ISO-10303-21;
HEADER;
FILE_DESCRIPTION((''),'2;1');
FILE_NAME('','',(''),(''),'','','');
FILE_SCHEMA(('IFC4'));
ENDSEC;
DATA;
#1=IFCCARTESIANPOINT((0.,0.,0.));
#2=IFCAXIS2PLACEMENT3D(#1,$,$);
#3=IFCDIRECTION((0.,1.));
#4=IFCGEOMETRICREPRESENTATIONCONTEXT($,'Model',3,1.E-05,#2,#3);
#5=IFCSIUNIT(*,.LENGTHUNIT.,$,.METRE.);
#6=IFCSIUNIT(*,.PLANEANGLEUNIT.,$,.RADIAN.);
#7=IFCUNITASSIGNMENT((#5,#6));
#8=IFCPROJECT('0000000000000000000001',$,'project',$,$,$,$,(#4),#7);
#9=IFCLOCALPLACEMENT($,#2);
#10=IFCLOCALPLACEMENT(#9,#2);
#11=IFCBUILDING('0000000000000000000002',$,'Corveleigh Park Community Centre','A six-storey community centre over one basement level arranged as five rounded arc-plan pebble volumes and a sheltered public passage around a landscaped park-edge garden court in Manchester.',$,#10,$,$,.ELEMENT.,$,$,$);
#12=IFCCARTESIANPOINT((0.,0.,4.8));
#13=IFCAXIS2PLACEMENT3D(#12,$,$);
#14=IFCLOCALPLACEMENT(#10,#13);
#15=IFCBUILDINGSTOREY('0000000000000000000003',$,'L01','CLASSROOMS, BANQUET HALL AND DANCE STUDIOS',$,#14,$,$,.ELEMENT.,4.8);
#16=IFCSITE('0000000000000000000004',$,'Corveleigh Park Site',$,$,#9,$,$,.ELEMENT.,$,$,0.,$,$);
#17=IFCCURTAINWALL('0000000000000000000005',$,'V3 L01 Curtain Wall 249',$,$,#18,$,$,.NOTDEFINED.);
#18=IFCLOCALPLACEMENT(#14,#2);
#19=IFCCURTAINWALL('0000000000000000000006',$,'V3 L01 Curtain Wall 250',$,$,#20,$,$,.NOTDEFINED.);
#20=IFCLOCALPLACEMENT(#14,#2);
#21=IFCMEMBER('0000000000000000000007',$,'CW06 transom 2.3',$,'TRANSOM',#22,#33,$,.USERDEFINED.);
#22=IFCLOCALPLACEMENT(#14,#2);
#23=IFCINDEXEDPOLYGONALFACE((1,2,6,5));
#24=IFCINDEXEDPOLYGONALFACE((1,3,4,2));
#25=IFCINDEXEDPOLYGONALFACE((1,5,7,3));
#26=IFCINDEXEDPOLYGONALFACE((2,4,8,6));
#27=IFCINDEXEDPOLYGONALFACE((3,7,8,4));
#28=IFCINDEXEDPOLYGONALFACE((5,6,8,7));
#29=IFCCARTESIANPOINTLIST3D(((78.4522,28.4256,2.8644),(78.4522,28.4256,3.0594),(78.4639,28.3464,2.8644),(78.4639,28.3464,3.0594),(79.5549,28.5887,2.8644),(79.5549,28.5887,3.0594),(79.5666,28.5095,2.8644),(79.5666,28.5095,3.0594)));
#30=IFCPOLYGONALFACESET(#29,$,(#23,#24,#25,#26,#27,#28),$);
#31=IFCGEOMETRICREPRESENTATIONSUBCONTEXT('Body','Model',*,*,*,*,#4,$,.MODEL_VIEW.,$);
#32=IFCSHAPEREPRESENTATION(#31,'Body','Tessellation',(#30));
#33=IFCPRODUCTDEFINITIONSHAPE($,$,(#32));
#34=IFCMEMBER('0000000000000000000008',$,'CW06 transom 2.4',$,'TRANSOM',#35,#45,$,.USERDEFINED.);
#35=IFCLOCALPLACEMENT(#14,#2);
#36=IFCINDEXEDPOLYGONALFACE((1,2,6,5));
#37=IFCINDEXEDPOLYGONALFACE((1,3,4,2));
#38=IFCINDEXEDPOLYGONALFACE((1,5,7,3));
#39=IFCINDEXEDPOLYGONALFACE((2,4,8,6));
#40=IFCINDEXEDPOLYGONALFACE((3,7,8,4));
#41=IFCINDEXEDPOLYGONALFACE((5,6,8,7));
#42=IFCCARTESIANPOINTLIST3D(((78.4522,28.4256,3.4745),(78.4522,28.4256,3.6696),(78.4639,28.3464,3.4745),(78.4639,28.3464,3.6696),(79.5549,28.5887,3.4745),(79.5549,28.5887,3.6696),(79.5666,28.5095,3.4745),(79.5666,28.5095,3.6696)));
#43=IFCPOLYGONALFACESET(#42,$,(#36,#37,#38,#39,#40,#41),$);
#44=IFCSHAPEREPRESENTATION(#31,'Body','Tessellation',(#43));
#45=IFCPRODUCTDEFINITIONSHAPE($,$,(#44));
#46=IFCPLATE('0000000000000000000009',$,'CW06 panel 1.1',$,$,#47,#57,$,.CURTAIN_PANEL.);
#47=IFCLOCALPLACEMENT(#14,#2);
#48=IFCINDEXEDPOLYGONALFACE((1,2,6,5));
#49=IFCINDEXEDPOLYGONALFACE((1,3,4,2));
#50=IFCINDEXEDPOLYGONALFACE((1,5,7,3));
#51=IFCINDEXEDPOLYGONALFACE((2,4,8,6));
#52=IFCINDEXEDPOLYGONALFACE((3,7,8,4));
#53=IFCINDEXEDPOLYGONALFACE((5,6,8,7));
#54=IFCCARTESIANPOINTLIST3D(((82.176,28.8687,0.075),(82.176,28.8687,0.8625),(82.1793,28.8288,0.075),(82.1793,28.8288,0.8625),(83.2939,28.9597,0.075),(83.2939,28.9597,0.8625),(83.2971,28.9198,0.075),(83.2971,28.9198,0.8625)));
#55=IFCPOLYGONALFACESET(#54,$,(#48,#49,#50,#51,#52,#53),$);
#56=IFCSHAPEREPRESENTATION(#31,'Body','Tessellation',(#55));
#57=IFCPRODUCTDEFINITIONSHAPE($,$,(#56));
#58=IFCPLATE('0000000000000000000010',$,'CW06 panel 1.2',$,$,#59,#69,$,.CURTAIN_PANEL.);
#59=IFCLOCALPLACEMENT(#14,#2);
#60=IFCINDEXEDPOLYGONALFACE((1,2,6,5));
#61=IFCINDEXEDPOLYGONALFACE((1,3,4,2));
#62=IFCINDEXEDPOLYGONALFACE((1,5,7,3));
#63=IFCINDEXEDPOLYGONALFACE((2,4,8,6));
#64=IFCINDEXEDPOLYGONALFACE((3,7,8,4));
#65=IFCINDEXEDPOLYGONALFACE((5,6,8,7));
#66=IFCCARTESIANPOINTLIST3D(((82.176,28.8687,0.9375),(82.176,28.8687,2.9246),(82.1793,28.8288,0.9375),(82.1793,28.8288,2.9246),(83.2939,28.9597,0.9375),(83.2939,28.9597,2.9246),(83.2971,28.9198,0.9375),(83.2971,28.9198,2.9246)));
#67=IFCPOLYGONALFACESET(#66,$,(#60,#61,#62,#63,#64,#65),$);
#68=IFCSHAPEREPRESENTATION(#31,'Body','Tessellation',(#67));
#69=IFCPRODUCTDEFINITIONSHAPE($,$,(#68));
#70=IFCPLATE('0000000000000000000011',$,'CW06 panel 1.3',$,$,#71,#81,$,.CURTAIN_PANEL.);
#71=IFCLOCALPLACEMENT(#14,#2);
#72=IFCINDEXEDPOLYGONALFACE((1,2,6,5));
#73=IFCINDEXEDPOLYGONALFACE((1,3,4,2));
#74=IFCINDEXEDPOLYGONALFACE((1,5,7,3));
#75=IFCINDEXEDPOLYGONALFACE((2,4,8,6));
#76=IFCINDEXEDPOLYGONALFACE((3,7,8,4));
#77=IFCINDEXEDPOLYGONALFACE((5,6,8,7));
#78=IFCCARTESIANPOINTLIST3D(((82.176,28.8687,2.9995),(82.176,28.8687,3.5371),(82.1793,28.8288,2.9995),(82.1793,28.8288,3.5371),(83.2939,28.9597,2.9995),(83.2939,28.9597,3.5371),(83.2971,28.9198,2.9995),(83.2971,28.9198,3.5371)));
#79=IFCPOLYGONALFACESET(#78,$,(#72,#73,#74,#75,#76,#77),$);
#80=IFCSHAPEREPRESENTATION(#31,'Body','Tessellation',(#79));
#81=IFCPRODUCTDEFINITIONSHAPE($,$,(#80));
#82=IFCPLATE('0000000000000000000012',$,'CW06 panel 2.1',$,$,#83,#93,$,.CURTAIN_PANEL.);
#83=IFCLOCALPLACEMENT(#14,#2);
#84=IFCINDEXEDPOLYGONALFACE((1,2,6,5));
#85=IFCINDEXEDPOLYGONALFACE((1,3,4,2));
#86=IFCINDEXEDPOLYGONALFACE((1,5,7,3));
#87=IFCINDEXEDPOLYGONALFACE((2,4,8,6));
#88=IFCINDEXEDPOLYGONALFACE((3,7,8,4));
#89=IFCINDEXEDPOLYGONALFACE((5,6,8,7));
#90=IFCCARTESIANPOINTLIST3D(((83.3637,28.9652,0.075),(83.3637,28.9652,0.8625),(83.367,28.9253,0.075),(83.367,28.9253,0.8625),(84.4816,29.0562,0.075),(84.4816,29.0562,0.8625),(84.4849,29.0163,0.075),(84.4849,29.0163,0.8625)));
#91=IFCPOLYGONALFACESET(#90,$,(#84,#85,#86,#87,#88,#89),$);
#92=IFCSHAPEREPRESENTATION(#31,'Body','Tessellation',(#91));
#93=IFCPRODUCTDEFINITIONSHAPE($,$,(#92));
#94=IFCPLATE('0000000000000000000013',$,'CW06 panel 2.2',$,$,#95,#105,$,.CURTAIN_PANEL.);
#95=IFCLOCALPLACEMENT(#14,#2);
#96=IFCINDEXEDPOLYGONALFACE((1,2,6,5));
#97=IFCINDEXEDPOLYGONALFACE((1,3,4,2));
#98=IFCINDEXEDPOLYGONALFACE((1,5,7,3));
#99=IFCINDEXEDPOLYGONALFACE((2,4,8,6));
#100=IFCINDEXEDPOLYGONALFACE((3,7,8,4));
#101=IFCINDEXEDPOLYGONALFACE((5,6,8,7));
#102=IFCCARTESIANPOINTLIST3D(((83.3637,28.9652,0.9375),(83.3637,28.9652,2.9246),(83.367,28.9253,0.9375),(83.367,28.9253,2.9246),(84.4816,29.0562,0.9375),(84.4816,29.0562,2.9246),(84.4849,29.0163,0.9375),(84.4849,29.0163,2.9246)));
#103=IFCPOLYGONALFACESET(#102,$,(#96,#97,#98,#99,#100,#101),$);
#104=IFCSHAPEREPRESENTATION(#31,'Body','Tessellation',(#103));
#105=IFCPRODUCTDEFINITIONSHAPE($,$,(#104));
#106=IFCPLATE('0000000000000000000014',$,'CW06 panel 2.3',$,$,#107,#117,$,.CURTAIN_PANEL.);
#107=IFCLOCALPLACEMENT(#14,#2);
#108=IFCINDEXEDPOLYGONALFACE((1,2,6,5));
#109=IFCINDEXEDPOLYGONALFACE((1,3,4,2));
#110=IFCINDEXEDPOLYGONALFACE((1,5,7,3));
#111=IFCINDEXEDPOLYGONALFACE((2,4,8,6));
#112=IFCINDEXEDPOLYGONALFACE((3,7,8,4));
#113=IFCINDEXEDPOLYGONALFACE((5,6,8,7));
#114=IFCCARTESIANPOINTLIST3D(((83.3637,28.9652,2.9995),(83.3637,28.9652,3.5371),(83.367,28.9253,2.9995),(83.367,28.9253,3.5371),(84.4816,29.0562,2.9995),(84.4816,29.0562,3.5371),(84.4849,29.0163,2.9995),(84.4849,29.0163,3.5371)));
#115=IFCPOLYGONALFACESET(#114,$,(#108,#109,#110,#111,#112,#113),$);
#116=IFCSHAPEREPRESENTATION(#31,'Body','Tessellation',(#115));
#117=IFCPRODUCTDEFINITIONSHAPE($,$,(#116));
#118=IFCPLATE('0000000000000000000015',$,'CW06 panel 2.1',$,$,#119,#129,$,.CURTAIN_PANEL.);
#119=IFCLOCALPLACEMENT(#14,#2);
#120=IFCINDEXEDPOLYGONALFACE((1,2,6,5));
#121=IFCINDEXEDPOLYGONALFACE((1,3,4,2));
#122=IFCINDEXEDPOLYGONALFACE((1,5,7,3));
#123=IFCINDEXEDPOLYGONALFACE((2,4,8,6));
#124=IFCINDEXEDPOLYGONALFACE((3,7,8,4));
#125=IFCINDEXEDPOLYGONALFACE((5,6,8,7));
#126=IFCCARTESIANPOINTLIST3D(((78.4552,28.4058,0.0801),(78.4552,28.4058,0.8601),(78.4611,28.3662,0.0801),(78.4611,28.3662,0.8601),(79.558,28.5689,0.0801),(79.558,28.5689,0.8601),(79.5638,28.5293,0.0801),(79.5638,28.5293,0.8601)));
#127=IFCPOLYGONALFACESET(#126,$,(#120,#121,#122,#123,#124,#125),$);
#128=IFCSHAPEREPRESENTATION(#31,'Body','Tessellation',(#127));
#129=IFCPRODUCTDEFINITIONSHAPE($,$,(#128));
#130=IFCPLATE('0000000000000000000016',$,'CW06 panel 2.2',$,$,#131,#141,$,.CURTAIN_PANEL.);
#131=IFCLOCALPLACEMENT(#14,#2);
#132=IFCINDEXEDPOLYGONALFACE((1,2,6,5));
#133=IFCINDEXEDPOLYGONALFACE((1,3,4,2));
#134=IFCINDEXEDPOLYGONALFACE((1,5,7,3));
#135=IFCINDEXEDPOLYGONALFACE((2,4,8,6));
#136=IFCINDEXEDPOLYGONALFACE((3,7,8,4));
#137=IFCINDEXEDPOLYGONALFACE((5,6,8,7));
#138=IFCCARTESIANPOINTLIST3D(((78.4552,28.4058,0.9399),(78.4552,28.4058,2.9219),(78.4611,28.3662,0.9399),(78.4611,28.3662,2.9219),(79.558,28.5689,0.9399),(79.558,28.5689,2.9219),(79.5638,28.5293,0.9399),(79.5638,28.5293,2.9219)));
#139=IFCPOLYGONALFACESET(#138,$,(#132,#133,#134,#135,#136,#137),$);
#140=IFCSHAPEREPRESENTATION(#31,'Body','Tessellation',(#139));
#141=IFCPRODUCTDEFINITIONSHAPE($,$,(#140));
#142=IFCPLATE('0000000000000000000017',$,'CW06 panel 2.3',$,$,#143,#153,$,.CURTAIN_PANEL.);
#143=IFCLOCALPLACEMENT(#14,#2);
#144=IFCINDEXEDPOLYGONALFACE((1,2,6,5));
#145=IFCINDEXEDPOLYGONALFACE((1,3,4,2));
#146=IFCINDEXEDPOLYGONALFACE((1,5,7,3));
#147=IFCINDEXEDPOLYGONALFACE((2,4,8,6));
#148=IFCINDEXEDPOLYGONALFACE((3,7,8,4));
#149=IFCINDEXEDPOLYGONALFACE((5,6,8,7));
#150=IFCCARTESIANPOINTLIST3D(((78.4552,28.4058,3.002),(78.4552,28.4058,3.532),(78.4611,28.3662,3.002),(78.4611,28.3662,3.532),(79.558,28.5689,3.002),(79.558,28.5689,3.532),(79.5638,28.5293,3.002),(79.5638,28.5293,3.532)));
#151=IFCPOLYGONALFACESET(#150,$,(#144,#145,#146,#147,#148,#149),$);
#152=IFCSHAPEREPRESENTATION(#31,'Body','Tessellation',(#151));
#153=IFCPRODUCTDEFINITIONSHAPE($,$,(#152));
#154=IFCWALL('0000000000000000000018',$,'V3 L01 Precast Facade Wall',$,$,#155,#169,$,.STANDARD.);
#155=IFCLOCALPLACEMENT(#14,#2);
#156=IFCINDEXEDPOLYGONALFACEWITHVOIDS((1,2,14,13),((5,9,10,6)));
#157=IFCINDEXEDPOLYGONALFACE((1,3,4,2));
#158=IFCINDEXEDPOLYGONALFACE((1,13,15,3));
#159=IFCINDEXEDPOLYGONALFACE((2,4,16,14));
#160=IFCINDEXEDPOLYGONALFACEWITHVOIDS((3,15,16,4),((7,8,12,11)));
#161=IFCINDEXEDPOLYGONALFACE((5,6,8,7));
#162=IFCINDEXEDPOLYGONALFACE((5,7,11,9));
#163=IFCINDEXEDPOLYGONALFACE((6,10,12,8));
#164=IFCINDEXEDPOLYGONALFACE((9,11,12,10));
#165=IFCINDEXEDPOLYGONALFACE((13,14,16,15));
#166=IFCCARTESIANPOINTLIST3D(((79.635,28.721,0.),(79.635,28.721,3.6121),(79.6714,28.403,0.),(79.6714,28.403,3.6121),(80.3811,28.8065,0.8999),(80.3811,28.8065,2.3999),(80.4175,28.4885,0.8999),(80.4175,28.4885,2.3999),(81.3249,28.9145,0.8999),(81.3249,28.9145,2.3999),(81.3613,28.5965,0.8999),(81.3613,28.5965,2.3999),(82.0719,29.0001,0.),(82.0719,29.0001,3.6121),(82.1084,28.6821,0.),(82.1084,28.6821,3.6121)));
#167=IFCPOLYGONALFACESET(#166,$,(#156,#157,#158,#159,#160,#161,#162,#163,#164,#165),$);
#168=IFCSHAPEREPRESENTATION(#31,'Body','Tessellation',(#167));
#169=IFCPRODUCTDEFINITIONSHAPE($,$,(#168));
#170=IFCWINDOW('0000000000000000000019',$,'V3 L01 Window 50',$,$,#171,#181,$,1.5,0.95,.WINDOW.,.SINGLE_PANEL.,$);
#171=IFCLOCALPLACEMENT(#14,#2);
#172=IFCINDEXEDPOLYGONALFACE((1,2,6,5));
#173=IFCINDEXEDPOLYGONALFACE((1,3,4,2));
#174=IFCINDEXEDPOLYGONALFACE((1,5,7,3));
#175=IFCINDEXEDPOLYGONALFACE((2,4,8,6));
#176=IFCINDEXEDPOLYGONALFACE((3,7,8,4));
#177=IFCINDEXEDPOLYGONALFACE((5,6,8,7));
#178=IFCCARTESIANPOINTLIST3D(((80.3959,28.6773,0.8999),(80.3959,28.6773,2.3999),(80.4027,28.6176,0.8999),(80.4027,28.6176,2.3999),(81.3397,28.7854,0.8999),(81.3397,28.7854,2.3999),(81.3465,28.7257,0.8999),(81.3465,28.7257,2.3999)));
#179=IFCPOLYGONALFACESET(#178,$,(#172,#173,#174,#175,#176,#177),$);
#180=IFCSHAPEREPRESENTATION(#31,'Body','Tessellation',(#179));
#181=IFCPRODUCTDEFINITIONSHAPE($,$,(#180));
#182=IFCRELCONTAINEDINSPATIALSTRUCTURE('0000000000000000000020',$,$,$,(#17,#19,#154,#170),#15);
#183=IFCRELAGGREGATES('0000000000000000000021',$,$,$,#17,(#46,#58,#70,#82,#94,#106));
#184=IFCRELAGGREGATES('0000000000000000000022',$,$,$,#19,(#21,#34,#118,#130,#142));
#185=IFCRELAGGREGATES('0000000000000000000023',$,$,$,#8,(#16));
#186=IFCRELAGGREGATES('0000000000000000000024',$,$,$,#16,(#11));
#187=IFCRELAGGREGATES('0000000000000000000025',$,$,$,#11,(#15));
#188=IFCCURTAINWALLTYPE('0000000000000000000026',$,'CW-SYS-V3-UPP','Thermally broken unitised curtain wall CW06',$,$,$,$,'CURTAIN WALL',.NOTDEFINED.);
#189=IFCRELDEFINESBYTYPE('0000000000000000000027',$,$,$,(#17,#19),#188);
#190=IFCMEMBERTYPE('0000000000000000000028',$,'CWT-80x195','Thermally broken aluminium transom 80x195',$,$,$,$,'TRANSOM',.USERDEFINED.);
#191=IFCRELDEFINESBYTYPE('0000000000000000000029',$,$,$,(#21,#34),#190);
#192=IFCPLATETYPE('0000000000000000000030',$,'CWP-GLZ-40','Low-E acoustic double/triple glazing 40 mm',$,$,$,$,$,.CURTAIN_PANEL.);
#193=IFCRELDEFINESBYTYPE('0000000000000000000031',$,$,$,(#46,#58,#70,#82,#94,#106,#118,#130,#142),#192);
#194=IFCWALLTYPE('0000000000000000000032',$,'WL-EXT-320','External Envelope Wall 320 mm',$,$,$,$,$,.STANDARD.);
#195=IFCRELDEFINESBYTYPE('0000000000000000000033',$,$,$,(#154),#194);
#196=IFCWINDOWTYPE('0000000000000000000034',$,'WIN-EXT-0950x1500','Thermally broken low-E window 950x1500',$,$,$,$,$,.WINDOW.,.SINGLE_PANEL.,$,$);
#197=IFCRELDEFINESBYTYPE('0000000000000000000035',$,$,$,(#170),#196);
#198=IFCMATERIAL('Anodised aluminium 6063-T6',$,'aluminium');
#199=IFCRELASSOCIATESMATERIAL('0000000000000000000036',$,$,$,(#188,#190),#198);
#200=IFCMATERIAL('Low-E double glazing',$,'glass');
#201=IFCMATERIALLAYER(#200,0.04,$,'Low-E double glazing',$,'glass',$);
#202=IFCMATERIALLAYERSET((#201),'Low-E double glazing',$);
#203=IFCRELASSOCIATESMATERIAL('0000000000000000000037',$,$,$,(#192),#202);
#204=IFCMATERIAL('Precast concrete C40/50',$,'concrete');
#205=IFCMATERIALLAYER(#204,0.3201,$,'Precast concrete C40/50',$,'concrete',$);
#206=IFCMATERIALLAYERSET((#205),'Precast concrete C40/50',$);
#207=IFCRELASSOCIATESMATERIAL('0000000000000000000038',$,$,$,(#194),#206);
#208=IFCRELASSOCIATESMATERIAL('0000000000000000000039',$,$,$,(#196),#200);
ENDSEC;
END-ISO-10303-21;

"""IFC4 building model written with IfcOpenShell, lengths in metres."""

from ifc_helpers import new_model, si_unit, direction, frame, frame_2d, origin, origin_2d, place, context, subcontext, project, spatial, rectangle, extrude, material, layer, layer_set, material_profile, profile_set, type_object, element, fill, aggregate, save


model = new_model("IFC4")

# Units and contexts
model_context = context("Model", 3, precision=1e-05, world=origin(), true_north=direction((0.0, 1.0)))
body_context = subcontext(model_context, "Body", "Model", "MODEL_VIEW")
ifc_project = project(units=[si_unit("LENGTHUNIT", "METRE"), si_unit("PLANEANGLEUNIT", "RADIAN")], contexts=[model_context])

# Site, building, storey
site_placement = place(None, origin())
site = spatial("IfcSite", under=ifc_project, at=site_placement, Name="Corveleigh Park Site", CompositionType="ELEMENT", RefElevation=0.0)
building_placement = place(site_placement, origin())
building = spatial("IfcBuilding", under=site, at=building_placement, Name="Corveleigh Park Community Centre", Description="A six-storey community centre over one basement level arranged as five rounded arc-plan pebble volumes and a sheltered public passage around a landscaped park-edge garden court in Manchester.", CompositionType="ELEMENT")
storey_placement = place(building_placement, frame((0.0, 0.0, 4.8)))
storey = spatial("IfcBuildingStorey", under=building, at=storey_placement, Name="L01", Description="CLASSROOMS, BANQUET HALL AND DANCE STUDIOS", CompositionType="ELEMENT", Elevation=4.8)

# Curtain walls
ifc_material_1 = material(Name="Anodised aluminium 6063-T6", Category="aluminium")
curtain_wall_type = type_object("IfcCurtainWallType", Name="CW-SYS-V3-UPP", Description="Thermally broken unitised curtain wall CW06", ElementType="CURTAIN WALL", PredefinedType="NOTDEFINED", material=ifc_material_1)
curtain_wall_1_placement = place(storey_placement, origin())
curtain_wall_1 = element("IfcCurtainWall", 1, at=curtain_wall_1_placement, inside=storey, type_object=curtain_wall_type, Name="V3 L01 Curtain Wall 249", PredefinedType="NOTDEFINED")
curtain_wall_2_placement = place(storey_placement, origin())
curtain_wall_2 = element("IfcCurtainWall", 2, at=curtain_wall_2_placement, inside=storey, type_object=curtain_wall_type, Name="V3 L01 Curtain Wall 250", PredefinedType="NOTDEFINED")

# Members
ifc_material_profile_1 = material_profile(ifc_material_1, rectangle(XDim=0.0801, YDim=0.1951, at=origin_2d()), Name="ALU-T80x195", Category="aluminium")
ifc_profile_set_1 = profile_set([ifc_material_profile_1], Name="Anodised aluminium 6063-T6")
member_type_1 = type_object("IfcMemberType", Name="CWT-80x195", Description="Thermally broken aluminium transom 80x195", ElementType="TRANSOM", PredefinedType="USERDEFINED", material=ifc_profile_set_1)
member_1_placement = place(storey_placement, frame((78.458, 28.386, 2.9619), z_axis=(0.989241, 0.146295, 0.0), x_axis=(-0.146295, 0.989241, 0.0)))
member_1 = element("IfcMember", 3, at=member_1_placement, type_object=member_type_1, Name="CW06 transom 2.3", ObjectType="TRANSOM", PredefinedType="USERDEFINED", context=body_context, shape_type="SweptSolid", body=[
    extrude(rectangle(XDim=0.0801, YDim=0.1951, at=origin_2d()), origin(), (0.0, 0.0, 1.0), 1.1147),
])
member_2_placement = place(storey_placement, frame((78.458, 28.386, 3.572), z_axis=(0.989241, 0.146295, 0.0), x_axis=(-0.146295, 0.989241, 0.0)))
member_2 = element("IfcMember", 4, at=member_2_placement, type_object=member_type_1, Name="CW06 transom 2.4", ObjectType="TRANSOM", PredefinedType="USERDEFINED", context=body_context, shape_type="SweptSolid", body=[
    extrude(rectangle(XDim=0.0801, YDim=0.1951, at=origin_2d()), origin(), (0.0, 0.0, 1.0), 1.1147),
])

# Plates
ifc_material_2 = material(Name="Low-E double glazing", Category="glass")
ifc_layer_1 = layer(ifc_material_2, 0.04, Name="Low-E double glazing", Category="glass")
ifc_layer_set_1 = layer_set([ifc_layer_1], Name="Low-E double glazing")
plate_type = type_object("IfcPlateType", Name="CWP-GLZ-40", Description="Low-E acoustic double/triple glazing 40 mm", PredefinedType="CURTAIN_PANEL", material=ifc_layer_set_1)
plate_1_placement = place(storey_placement, frame((82.7366, 28.8943, 0.075), z_axis=(0.0, 0.0, 1.0), x_axis=(0.996704, 0.081122, 0.0)))
plate_1 = element("IfcPlate", 5, at=plate_1_placement, type_object=plate_type, Name="CW06 panel 1.1", PredefinedType="CURTAIN_PANEL", context=body_context, shape_type="SweptSolid", body=[
    extrude(rectangle(XDim=1.1216, YDim=0.04, at=origin_2d()), origin(), (0.0, 0.0, 1.0), 0.7876),
])
plate_2_placement = place(storey_placement, frame((82.7366, 28.8943, 0.9375), z_axis=(0.0, 0.0, 1.0), x_axis=(0.996704, 0.081122, 0.0)))
plate_2 = element("IfcPlate", 6, at=plate_2_placement, type_object=plate_type, Name="CW06 panel 1.2", PredefinedType="CURTAIN_PANEL", context=body_context, shape_type="SweptSolid", body=[
    extrude(rectangle(XDim=1.1216, YDim=0.04, at=origin_2d()), origin(), (0.0, 0.0, 1.0), 1.9871),
])
plate_3_placement = place(storey_placement, frame((82.7366, 28.8943, 2.9995), z_axis=(0.0, 0.0, 1.0), x_axis=(0.996704, 0.081122, 0.0)))
plate_3 = element("IfcPlate", 7, at=plate_3_placement, type_object=plate_type, Name="CW06 panel 1.3", PredefinedType="CURTAIN_PANEL", context=body_context, shape_type="SweptSolid", body=[
    extrude(rectangle(XDim=1.1216, YDim=0.04, at=origin_2d()), origin(), (0.0, 0.0, 1.0), 0.5376),
])
plate_4_placement = place(storey_placement, frame((83.9243, 28.9907, 0.075), z_axis=(0.0, 0.0, 1.0), x_axis=(0.996704, 0.081122, 0.0)))
plate_4 = element("IfcPlate", 8, at=plate_4_placement, type_object=plate_type, Name="CW06 panel 2.1", PredefinedType="CURTAIN_PANEL", context=body_context, shape_type="SweptSolid", body=[
    extrude(rectangle(XDim=1.1216, YDim=0.04, at=origin_2d()), origin(), (0.0, 0.0, 1.0), 0.7876),
])
plate_5_placement = place(storey_placement, frame((83.9243, 28.9907, 0.9375), z_axis=(0.0, 0.0, 1.0), x_axis=(0.996704, 0.081122, 0.0)))
plate_5 = element("IfcPlate", 9, at=plate_5_placement, type_object=plate_type, Name="CW06 panel 2.2", PredefinedType="CURTAIN_PANEL", context=body_context, shape_type="SweptSolid", body=[
    extrude(rectangle(XDim=1.1216, YDim=0.04, at=origin_2d()), origin(), (0.0, 0.0, 1.0), 1.9871),
])
plate_6_placement = place(storey_placement, frame((83.9243, 28.9907, 2.9995), z_axis=(0.0, 0.0, 1.0), x_axis=(0.996704, 0.081122, 0.0)))
plate_6 = element("IfcPlate", 10, at=plate_6_placement, type_object=plate_type, Name="CW06 panel 2.3", PredefinedType="CURTAIN_PANEL", context=body_context, shape_type="SweptSolid", body=[
    extrude(rectangle(XDim=1.1216, YDim=0.04, at=origin_2d()), origin(), (0.0, 0.0, 1.0), 0.5376),
])
aggregate(curtain_wall_1, [plate_1, plate_2, plate_3, plate_4, plate_5, plate_6])
plate_7_placement = place(storey_placement, frame((79.0095, 28.4675, 0.0801), z_axis=(0.0, 0.0, 1.0), x_axis=(0.989245, 0.146268, 0.0)))
plate_7 = element("IfcPlate", 11, at=plate_7_placement, type_object=plate_type, Name="CW06 panel 2.1", PredefinedType="CURTAIN_PANEL", context=body_context, shape_type="SweptSolid", body=[
    extrude(rectangle(XDim=1.1147, YDim=0.04, at=origin_2d()), origin(), (0.0, 0.0, 1.0), 0.78),
])
plate_8_placement = place(storey_placement, frame((79.0095, 28.4675, 0.9399), z_axis=(0.0, 0.0, 1.0), x_axis=(0.989245, 0.146268, 0.0)))
plate_8 = element("IfcPlate", 12, at=plate_8_placement, type_object=plate_type, Name="CW06 panel 2.2", PredefinedType="CURTAIN_PANEL", context=body_context, shape_type="SweptSolid", body=[
    extrude(rectangle(XDim=1.1147, YDim=0.04, at=origin_2d()), origin(), (0.0, 0.0, 1.0), 1.9819),
])
plate_9_placement = place(storey_placement, frame((79.0095, 28.4675, 3.002), z_axis=(0.0, 0.0, 1.0), x_axis=(0.989245, 0.146268, 0.0)))
plate_9 = element("IfcPlate", 13, at=plate_9_placement, type_object=plate_type, Name="CW06 panel 2.3", PredefinedType="CURTAIN_PANEL", context=body_context, shape_type="SweptSolid", body=[
    extrude(rectangle(XDim=1.1147, YDim=0.04, at=origin_2d()), origin(), (0.0, 0.0, 1.0), 0.53),
])
aggregate(curtain_wall_2, [member_1, member_2, plate_7, plate_8, plate_9])

# Wall, opening, window
ifc_material_3 = material(Name="Precast concrete C40/50", Category="concrete")
ifc_layer_2 = layer(ifc_material_3, 0.3201, Name="Precast concrete C40/50", Category="concrete")
ifc_layer_set_2 = layer_set([ifc_layer_2], Name="Precast concrete C40/50")
wall_type = type_object("IfcWallType", Name="WL-EXT-320", Description="External Envelope Wall 320 mm", PredefinedType="STANDARD", material=ifc_layer_set_2)
wall_placement = place(storey_placement, frame((79.6531, 28.562, 0.0), z_axis=(0.0, 0.0, 1.0), x_axis=(0.993508, 0.113763, 0.0)))
wall = element("IfcWall", 14, at=wall_placement, inside=storey, type_object=wall_type, Name="V3 L01 Precast Facade Wall", PredefinedType="STANDARD", context=body_context, shape_type="SweptSolid", body=[
    extrude(rectangle(XDim=2.4529, YDim=0.3201, at=frame_2d((1.2266, 0.0))), origin(), (0.0, 0.0, 1.0), 3.6121),
])
opening_placement = place(wall_placement, frame((0.751, 0.0, 0.8999)))
opening = element("IfcOpeningElement", 15, at=opening_placement, cuts=wall, PredefinedType="OPENING", context=body_context, shape_type="SweptSolid", body=[
    extrude(rectangle(XDim=0.95, YDim=1.5, at=frame_2d((0.4751, 0.75))), frame((0.0, 0.1699, 0.0), z_axis=(0.0, -1.0, 0.0), x_axis=(1.0, 0.0, 0.0)), (0.0, 0.0, 1.0), 0.3401),
])
window_type = type_object("IfcWindowType", Name="WIN-EXT-0950x1500", Description="Thermally broken low-E window 950x1500", PartitioningType="SINGLE_PANEL", PredefinedType="WINDOW", material=ifc_material_2)
window_placement = place(opening_placement, origin())
window = element("IfcWindow", 16, at=window_placement, inside=storey, type_object=window_type, Name="V3 L01 Window 50", OverallHeight=1.5, OverallWidth=0.95, PartitioningType="SINGLE_PANEL", PredefinedType="WINDOW", context=body_context, shape_type="SweptSolid", body=[
    extrude(rectangle(XDim=0.95, YDim=1.5, at=frame_2d((0.4751, 0.75))), frame((0.0, 0.03, 0.0), z_axis=(0.0, -1.0, 0.0), x_axis=(1.0, 0.0, 0.0)), (0.0, 0.0, 1.0), 0.0601),
])
fill(opening, window)

save(model, "model.ifc")
